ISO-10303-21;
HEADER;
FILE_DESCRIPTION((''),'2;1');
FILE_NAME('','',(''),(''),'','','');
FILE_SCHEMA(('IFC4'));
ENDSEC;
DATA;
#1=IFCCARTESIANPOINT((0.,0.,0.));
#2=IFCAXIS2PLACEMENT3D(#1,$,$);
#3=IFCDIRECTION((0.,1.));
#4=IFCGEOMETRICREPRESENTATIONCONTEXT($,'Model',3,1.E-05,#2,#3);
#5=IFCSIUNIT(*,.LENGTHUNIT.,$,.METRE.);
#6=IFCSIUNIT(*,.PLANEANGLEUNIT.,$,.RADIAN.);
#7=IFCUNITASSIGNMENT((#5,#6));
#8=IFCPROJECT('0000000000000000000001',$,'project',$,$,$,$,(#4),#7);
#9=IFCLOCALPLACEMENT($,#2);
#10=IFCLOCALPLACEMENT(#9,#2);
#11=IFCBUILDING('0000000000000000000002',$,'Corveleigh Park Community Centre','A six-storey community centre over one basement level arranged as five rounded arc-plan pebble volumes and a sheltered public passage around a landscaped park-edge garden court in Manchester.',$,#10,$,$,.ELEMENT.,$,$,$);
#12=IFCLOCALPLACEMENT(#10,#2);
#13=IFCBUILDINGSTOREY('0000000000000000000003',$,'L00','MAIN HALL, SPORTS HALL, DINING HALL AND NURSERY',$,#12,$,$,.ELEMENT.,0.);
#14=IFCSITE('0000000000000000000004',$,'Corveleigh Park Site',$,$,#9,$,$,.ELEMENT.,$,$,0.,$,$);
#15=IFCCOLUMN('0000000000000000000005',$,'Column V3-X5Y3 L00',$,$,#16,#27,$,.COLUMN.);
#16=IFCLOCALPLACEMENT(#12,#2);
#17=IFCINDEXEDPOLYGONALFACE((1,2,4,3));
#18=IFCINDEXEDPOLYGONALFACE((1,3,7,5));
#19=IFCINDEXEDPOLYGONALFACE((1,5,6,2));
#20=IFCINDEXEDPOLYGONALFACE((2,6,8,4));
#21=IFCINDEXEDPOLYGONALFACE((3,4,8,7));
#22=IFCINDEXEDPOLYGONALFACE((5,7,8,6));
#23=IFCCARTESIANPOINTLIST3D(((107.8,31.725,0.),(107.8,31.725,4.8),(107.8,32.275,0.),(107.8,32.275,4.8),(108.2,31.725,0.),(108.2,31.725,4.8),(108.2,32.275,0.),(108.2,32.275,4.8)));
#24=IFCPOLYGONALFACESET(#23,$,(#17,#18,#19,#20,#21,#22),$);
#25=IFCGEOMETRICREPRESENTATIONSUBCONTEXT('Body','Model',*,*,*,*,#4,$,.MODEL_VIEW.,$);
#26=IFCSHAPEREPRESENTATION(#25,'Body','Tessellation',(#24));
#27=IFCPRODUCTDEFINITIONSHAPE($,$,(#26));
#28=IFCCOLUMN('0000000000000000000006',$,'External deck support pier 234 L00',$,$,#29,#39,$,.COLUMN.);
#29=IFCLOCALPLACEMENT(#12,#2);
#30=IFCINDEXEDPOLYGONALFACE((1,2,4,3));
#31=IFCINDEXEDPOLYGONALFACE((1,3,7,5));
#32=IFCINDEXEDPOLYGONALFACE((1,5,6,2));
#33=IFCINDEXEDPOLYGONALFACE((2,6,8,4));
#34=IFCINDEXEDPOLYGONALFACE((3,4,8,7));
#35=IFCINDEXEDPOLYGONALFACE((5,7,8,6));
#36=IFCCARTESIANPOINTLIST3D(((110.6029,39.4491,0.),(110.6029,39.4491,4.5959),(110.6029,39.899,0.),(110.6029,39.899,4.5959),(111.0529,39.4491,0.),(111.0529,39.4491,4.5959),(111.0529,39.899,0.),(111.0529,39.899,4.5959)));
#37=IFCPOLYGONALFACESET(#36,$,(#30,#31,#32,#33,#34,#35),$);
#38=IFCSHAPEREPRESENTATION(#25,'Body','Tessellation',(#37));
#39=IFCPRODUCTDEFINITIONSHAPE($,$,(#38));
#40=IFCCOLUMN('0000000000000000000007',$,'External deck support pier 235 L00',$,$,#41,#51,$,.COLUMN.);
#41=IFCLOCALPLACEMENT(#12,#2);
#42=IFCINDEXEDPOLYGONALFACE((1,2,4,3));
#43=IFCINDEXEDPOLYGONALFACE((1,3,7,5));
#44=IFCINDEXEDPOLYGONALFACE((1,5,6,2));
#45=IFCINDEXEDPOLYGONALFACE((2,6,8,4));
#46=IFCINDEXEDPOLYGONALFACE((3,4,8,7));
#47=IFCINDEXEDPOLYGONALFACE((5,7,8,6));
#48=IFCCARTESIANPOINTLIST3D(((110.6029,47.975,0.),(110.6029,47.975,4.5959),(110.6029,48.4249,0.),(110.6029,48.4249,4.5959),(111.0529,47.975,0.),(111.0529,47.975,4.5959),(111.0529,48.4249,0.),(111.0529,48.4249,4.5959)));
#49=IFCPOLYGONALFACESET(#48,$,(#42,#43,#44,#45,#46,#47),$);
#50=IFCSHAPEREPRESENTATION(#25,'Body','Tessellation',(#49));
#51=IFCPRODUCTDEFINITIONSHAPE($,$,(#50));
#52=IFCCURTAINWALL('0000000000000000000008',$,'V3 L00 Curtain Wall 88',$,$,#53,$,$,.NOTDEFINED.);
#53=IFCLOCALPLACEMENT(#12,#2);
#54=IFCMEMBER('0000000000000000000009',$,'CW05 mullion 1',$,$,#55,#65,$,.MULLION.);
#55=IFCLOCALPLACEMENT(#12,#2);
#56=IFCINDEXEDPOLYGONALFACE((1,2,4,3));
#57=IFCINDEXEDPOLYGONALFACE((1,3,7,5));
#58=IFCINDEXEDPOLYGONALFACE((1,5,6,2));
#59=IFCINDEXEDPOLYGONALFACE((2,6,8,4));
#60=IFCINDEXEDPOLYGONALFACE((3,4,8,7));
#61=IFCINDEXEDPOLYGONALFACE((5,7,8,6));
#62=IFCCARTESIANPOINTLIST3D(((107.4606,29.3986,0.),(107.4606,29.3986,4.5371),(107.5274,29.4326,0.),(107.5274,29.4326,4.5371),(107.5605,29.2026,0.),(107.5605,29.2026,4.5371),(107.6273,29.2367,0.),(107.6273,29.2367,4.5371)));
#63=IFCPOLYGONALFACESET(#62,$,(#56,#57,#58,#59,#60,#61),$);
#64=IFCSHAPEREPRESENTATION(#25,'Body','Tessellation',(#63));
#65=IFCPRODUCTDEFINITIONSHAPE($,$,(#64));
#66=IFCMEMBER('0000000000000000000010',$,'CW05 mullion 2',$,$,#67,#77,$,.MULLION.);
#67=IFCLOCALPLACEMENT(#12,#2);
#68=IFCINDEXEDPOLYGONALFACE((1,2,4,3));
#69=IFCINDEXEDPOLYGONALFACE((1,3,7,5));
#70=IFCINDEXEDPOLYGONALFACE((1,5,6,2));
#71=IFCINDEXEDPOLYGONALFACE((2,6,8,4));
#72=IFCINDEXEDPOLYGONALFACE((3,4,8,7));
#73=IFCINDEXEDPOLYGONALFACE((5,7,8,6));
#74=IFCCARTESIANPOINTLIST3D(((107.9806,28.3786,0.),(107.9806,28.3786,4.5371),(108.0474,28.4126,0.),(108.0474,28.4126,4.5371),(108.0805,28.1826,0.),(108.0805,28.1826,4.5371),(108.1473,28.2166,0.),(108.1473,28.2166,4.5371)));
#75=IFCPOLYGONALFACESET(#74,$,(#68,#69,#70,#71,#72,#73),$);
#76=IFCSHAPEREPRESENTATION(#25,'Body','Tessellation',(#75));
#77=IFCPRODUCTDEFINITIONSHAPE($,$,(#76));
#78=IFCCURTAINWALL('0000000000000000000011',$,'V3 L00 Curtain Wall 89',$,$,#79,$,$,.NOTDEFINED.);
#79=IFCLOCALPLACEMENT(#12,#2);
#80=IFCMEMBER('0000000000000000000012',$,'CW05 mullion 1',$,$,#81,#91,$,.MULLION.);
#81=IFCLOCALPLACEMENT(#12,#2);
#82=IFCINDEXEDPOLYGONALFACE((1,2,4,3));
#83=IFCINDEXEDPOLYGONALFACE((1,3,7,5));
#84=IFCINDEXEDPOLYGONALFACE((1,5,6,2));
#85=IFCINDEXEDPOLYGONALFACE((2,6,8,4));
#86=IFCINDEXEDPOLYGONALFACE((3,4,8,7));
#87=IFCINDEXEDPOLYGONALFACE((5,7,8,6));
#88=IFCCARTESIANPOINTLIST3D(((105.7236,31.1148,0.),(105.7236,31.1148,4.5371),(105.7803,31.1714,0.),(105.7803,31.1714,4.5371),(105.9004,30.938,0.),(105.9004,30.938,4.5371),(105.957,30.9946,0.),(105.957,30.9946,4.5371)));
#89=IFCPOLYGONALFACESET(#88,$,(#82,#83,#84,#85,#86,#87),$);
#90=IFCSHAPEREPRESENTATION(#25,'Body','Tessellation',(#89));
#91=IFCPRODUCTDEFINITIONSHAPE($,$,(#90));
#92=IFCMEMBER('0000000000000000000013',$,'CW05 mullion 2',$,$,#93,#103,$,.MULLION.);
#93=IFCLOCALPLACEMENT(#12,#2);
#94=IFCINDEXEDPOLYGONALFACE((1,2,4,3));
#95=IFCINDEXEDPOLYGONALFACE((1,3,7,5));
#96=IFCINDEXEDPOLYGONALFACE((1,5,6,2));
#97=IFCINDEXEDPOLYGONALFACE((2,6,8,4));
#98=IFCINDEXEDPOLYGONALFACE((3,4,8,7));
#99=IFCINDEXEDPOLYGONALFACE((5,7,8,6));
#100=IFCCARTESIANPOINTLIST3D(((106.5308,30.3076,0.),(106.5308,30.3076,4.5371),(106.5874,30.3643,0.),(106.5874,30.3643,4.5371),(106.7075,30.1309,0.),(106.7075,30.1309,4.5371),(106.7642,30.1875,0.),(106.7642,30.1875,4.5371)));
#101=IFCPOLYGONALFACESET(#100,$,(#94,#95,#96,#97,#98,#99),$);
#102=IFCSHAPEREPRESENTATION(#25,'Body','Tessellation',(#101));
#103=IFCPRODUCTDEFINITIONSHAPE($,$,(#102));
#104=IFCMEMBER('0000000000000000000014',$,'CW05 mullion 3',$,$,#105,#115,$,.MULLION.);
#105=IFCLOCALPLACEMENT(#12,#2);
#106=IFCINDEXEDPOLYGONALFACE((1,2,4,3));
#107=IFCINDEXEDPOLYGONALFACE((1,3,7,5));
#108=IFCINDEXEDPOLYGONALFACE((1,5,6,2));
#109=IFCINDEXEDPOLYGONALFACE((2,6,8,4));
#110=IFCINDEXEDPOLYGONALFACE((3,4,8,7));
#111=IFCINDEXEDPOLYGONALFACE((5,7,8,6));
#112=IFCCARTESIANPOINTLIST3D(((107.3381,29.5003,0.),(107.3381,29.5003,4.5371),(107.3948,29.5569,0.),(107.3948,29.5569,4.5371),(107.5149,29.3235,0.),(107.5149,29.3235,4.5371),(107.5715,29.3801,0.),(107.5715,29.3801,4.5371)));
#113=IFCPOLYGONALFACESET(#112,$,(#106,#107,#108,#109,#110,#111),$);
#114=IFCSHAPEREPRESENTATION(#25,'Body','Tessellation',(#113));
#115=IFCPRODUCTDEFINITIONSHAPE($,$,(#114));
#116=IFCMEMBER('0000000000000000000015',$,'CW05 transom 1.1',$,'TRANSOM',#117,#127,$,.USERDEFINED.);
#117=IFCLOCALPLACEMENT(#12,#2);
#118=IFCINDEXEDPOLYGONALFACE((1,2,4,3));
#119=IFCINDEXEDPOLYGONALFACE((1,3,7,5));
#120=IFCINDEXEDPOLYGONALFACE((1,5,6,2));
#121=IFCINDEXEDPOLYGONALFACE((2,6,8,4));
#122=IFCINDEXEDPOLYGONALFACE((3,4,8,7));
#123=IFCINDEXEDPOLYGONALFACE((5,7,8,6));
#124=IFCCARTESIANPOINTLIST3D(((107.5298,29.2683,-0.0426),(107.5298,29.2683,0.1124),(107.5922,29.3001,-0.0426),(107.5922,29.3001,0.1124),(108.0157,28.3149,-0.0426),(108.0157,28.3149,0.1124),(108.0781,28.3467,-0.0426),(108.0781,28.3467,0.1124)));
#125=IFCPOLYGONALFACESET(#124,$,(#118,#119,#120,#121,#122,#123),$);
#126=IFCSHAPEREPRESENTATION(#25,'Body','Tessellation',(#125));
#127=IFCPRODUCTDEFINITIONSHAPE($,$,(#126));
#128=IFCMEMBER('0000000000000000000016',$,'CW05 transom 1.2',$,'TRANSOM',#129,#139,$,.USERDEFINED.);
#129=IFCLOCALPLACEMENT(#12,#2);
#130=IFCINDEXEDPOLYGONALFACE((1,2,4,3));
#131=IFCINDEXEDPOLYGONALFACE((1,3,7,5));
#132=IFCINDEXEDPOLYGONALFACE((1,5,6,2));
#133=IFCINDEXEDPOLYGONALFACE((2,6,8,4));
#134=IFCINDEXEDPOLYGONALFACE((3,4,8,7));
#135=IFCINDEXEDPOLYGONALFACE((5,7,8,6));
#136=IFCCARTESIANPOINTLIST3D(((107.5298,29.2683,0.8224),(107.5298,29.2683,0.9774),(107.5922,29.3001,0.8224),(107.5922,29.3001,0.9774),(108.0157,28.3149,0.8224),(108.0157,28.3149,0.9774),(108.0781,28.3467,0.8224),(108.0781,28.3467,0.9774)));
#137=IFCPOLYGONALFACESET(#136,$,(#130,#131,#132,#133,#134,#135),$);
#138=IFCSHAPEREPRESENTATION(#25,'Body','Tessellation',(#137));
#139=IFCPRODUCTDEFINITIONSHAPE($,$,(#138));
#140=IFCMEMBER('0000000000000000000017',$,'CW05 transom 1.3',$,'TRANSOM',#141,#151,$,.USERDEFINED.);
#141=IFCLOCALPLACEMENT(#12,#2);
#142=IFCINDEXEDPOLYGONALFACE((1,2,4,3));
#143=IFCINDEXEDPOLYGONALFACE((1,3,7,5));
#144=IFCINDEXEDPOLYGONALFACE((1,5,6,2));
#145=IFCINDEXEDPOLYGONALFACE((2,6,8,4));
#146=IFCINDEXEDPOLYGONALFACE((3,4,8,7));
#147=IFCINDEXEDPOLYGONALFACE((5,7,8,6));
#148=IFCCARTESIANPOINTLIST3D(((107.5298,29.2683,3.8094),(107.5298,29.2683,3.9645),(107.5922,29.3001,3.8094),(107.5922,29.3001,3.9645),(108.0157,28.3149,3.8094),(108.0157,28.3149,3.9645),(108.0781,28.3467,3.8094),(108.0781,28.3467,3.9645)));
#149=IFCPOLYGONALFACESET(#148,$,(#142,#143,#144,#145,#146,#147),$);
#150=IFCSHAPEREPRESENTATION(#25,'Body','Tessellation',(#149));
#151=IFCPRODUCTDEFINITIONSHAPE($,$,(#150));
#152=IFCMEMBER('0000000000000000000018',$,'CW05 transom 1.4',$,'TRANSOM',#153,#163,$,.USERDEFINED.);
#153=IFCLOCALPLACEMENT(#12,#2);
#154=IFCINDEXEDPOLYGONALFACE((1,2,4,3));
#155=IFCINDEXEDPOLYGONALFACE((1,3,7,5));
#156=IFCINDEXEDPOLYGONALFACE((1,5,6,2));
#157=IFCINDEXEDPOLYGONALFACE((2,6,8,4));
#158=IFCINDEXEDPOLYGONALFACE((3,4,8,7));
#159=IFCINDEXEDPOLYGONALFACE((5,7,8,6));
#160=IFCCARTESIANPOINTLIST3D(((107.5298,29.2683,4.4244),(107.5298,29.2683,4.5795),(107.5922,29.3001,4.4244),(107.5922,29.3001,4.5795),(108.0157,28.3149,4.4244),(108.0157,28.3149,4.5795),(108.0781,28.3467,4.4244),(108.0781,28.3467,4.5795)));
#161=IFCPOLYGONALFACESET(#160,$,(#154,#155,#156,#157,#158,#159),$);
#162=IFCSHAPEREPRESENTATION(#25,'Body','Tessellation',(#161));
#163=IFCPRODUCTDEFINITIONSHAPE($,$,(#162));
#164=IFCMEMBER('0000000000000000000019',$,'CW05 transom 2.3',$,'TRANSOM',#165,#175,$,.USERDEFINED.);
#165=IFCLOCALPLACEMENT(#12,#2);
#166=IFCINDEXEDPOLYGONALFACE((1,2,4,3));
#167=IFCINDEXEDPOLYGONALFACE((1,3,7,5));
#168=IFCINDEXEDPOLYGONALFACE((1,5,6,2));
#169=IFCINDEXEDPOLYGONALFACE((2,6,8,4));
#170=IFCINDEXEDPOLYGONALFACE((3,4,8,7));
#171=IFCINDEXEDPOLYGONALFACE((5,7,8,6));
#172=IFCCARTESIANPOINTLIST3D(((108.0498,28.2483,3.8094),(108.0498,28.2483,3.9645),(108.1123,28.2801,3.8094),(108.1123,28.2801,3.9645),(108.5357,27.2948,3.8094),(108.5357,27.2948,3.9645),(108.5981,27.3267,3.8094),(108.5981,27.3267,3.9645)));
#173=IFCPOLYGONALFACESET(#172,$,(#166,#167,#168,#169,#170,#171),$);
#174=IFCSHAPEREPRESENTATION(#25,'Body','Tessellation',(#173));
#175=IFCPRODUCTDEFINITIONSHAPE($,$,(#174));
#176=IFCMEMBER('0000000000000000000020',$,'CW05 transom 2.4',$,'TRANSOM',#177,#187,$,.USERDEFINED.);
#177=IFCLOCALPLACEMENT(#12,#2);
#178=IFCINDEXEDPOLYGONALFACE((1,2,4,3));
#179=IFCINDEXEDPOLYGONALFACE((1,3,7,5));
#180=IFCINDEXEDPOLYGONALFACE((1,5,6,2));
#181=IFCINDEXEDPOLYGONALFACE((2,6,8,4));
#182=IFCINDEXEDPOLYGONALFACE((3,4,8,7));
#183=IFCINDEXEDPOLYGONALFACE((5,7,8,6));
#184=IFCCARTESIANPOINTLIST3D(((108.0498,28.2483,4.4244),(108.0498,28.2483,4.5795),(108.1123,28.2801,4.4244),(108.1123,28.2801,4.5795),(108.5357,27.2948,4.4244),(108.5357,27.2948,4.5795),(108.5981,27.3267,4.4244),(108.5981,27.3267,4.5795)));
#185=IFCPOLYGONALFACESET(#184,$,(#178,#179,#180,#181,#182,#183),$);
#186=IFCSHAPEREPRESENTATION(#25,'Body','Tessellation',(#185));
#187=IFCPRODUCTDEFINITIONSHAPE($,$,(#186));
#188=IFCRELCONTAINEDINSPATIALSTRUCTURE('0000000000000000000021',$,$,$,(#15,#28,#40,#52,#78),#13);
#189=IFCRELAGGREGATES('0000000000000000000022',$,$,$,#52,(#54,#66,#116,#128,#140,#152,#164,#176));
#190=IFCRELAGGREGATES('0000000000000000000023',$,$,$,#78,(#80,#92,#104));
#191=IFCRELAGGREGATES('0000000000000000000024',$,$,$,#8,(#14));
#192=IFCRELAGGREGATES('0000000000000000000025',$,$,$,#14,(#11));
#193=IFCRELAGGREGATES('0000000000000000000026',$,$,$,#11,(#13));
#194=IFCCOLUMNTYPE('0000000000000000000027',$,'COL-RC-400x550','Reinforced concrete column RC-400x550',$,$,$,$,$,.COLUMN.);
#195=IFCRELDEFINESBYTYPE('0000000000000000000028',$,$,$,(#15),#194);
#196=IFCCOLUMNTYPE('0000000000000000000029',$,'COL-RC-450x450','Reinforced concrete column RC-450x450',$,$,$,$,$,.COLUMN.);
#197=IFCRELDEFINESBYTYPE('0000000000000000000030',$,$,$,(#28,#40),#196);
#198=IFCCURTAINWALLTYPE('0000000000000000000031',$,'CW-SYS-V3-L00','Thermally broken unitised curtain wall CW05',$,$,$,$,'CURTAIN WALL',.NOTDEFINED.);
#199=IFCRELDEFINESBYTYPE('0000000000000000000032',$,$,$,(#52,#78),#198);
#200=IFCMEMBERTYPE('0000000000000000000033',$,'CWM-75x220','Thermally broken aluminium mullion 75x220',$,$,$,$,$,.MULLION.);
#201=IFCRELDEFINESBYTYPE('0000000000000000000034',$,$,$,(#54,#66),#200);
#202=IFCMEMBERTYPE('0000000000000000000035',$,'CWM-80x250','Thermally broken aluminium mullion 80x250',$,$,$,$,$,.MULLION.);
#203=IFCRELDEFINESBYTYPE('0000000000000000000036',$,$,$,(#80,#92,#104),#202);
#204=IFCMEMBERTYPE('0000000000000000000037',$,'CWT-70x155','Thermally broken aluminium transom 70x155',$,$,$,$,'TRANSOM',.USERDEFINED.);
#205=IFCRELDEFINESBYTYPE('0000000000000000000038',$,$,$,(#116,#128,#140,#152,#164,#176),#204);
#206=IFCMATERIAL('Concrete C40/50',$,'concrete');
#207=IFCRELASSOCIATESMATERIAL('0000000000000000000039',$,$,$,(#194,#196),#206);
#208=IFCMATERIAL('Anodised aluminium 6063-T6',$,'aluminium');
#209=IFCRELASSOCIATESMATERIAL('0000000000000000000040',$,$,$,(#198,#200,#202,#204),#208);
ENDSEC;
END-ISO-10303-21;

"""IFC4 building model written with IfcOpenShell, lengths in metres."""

from ifc_helpers import new_model, si_unit, direction, frame, origin, origin_2d, place, context, subcontext, project, spatial, rectangle, extrude, material, material_profile, profile_set, type_object, element, aggregate, save


model = new_model("IFC4")

# Units and contexts
model_context = context("Model", 3, precision=1e-05, world=origin(), true_north=direction((0.0, 1.0)))
body_context = subcontext(model_context, "Body", "Model", "MODEL_VIEW")
ifc_project = project(units=[si_unit("LENGTHUNIT", "METRE"), si_unit("PLANEANGLEUNIT", "RADIAN")], contexts=[model_context])

# Site, building, storey
site_placement = place(None, origin())
site = spatial("IfcSite", under=ifc_project, at=site_placement, Name="Corveleigh Park Site", CompositionType="ELEMENT", RefElevation=0.0)
building_placement = place(site_placement, origin())
building = spatial("IfcBuilding", under=site, at=building_placement, Name="Corveleigh Park Community Centre", Description="A six-storey community centre over one basement level arranged as five rounded arc-plan pebble volumes and a sheltered public passage around a landscaped park-edge garden court in Manchester.", CompositionType="ELEMENT")
storey_placement = place(building_placement, origin())
storey = spatial("IfcBuildingStorey", under=building, at=storey_placement, Name="L00", Description="MAIN HALL, SPORTS HALL, DINING HALL AND NURSERY", CompositionType="ELEMENT", Elevation=0.0)

# Columns
ifc_material_1 = material(Name="Concrete C40/50", Category="concrete")
ifc_material_profile_1 = material_profile(ifc_material_1, rectangle(XDim=0.3999, YDim=0.55, at=origin_2d()), Name="RC-400x550", Category="concrete")
ifc_profile_set_1 = profile_set([ifc_material_profile_1], Name="Concrete C40/50")
column_type_1 = type_object("IfcColumnType", Name="COL-RC-400x550", Description="Reinforced concrete column RC-400x550", PredefinedType="COLUMN", material=ifc_profile_set_1)
column_placement = place(storey_placement, frame((108.0, 32.0, 0.0), z_axis=(0.0, 0.0, 1.0), x_axis=(1.0, 0.0, 0.0)))
element("IfcColumn", 1, at=column_placement, inside=storey, type_object=column_type_1, Name="Column V3-X5Y3 L00", PredefinedType="COLUMN", context=body_context, shape_type="SweptSolid", body=[
    extrude(rectangle(XDim=0.3999, YDim=0.55, at=origin_2d()), origin(), (0.0, 0.0, 1.0), 4.8),
])
ifc_material_profile_2 = material_profile(ifc_material_1, rectangle(XDim=0.45, YDim=0.45, at=origin_2d()), Name="RC-450x450", Category="concrete")
ifc_profile_set_2 = profile_set([ifc_material_profile_2], Name="Concrete C40/50")
column_type_2 = type_object("IfcColumnType", Name="COL-RC-450x450", Description="Reinforced concrete column RC-450x450", PredefinedType="COLUMN", material=ifc_profile_set_2)
for number, where, z_axis, x_axis, name in (
    (2, (110.8279, 39.6741, 0.0), (0.0, 0.0, 1.0), (1.0, 0.0, 0.0), "External deck support pier 234 L00"),
    (3, (110.8279, 48.2, 0.0), (0.0, 0.0, 1.0), (1.0, 0.0, 0.0), "External deck support pier 235 L00"),
):
    element("IfcColumn", number, at=place(storey_placement, frame(where, z_axis=z_axis, x_axis=x_axis)), inside=storey, type_object=column_type_2, Name=name, PredefinedType="COLUMN", context=body_context, shape_type="SweptSolid", body=[
        extrude(rectangle(XDim=0.45, YDim=0.45, at=origin_2d()), origin(), (0.0, 0.0, 1.0), 4.5959),
    ])

# Curtain walls, members
ifc_material_2 = material(Name="Anodised aluminium 6063-T6", Category="aluminium")
curtain_wall_type = type_object("IfcCurtainWallType", Name="CW-SYS-V3-L00", Description="Thermally broken unitised curtain wall CW05", ElementType="CURTAIN WALL", PredefinedType="NOTDEFINED", material=ifc_material_2)
curtain_wall_1_placement = place(storey_placement, origin())
curtain_wall_1 = element("IfcCurtainWall", 4, at=curtain_wall_1_placement, inside=storey, type_object=curtain_wall_type, Name="V3 L00 Curtain Wall 88", PredefinedType="NOTDEFINED")
ifc_material_profile_3 = material_profile(ifc_material_2, rectangle(XDim=0.075, YDim=0.22, at=origin_2d()), Name="ALU-M75x220", Category="aluminium")
ifc_profile_set_3 = profile_set([ifc_material_profile_3], Name="Anodised aluminium 6063-T6")
member_type_1 = type_object("IfcMemberType", Name="CWM-75x220", Description="Thermally broken aluminium mullion 75x220", PredefinedType="MULLION", material=ifc_profile_set_3)
member_1_placement = place(storey_placement, frame((107.5439, 29.3176, 0.0), z_axis=(0.0, 0.0, 1.0), x_axis=(0.890933, 0.454135, 0.0)))
member_1 = element("IfcMember", 5, at=member_1_placement, type_object=member_type_1, Name="CW05 mullion 1", PredefinedType="MULLION", context=body_context, shape_type="SweptSolid", body=[
    extrude(rectangle(XDim=0.075, YDim=0.22, at=origin_2d()), origin(), (0.0, 0.0, 1.0), 4.5371),
])
member_2_placement = place(storey_placement, frame((108.064, 28.2976, 0.0), z_axis=(0.0, 0.0, 1.0), x_axis=(0.890933, 0.454135, 0.0)))
member_2 = element("IfcMember", 6, at=member_2_placement, type_object=member_type_1, Name="CW05 mullion 2", PredefinedType="MULLION", context=body_context, shape_type="SweptSolid", body=[
    extrude(rectangle(XDim=0.075, YDim=0.22, at=origin_2d()), origin(), (0.0, 0.0, 1.0), 4.5371),
])
curtain_wall_2_placement = place(storey_placement, origin())
curtain_wall_2 = element("IfcCurtainWall", 7, at=curtain_wall_2_placement, inside=storey, type_object=curtain_wall_type, Name="V3 L00 Curtain Wall 89", PredefinedType="NOTDEFINED")
ifc_material_profile_4 = material_profile(ifc_material_2, rectangle(XDim=0.0801, YDim=0.25, at=origin_2d()), Name="ALU-M80x250", Category="aluminium")
ifc_profile_set_4 = profile_set([ifc_material_profile_4], Name="Anodised aluminium 6063-T6")
member_type_2 = type_object("IfcMemberType", Name="CWM-80x250", Description="Thermally broken aluminium mullion 80x250", PredefinedType="MULLION", material=ifc_profile_set_4)
member_3_placement = place(storey_placement, frame((105.8403, 31.0547, 0.0), z_axis=(0.0, 0.0, 1.0), x_axis=(0.707107, 0.707107, 0.0)))
member_3 = element("IfcMember", 8, at=member_3_placement, type_object=member_type_2, Name="CW05 mullion 1", PredefinedType="MULLION", context=body_context, shape_type="SweptSolid", body=[
    extrude(rectangle(XDim=0.0801, YDim=0.25, at=origin_2d()), origin(), (0.0, 0.0, 1.0), 4.5371),
])
member_4_placement = place(storey_placement, frame((106.6475, 30.2476, 0.0), z_axis=(0.0, 0.0, 1.0), x_axis=(0.707107, 0.707107, 0.0)))
member_4 = element("IfcMember", 9, at=member_4_placement, type_object=member_type_2, Name="CW05 mullion 2", PredefinedType="MULLION", context=body_context, shape_type="SweptSolid", body=[
    extrude(rectangle(XDim=0.0801, YDim=0.25, at=origin_2d()), origin(), (0.0, 0.0, 1.0), 4.5371),
])
member_5_placement = place(storey_placement, frame((107.4548, 29.4402, 0.0), z_axis=(0.0, 0.0, 1.0), x_axis=(0.707107, 0.707107, 0.0)))
member_5 = element("IfcMember", 10, at=member_5_placement, type_object=member_type_2, Name="CW05 mullion 3", PredefinedType="MULLION", context=body_context, shape_type="SweptSolid", body=[
    extrude(rectangle(XDim=0.0801, YDim=0.25, at=origin_2d()), origin(), (0.0, 0.0, 1.0), 4.5371),
])

# Members
ifc_material_profile_5 = material_profile(ifc_material_2, rectangle(XDim=0.0701, YDim=0.155, at=origin_2d()), Name="ALU-T70x155", Category="aluminium")
ifc_profile_set_5 = profile_set([ifc_material_profile_5], Name="Anodised aluminium 6063-T6")
member_type_3 = type_object("IfcMemberType", Name="CWT-70x155", Description="Thermally broken aluminium transom 70x155", ElementType="TRANSOM", PredefinedType="USERDEFINED", material=ifc_profile_set_5)
member_6_placement = place(storey_placement, frame((107.561, 29.2842, 0.0349), z_axis=(0.454045, -0.890979, 0.0), x_axis=(0.890979, 0.454045, 0.0)))
member_6 = element("IfcMember", 11, at=member_6_placement, type_object=member_type_3, Name="CW05 transom 1.1", ObjectType="TRANSOM", PredefinedType="USERDEFINED", context=body_context, shape_type="SweptSolid", body=[
    extrude(rectangle(XDim=0.0701, YDim=0.155, at=origin_2d()), origin(), (0.0, 0.0, 1.0), 1.0701),
])
member_7_placement = place(storey_placement, frame((107.561, 29.2842, 0.8999), z_axis=(0.454045, -0.890979, 0.0), x_axis=(0.890979, 0.454045, 0.0)))
member_7 = element("IfcMember", 12, at=member_7_placement, type_object=member_type_3, Name="CW05 transom 1.2", ObjectType="TRANSOM", PredefinedType="USERDEFINED", context=body_context, shape_type="SweptSolid", body=[
    extrude(rectangle(XDim=0.0701, YDim=0.155, at=origin_2d()), origin(), (0.0, 0.0, 1.0), 1.0701),
])
member_8_placement = place(storey_placement, frame((107.561, 29.2842, 3.887), z_axis=(0.454045, -0.890979, 0.0), x_axis=(0.890979, 0.454045, 0.0)))
member_8 = element("IfcMember", 13, at=member_8_placement, type_object=member_type_3, Name="CW05 transom 1.3", ObjectType="TRANSOM", PredefinedType="USERDEFINED", context=body_context, shape_type="SweptSolid", body=[
    extrude(rectangle(XDim=0.0701, YDim=0.155, at=origin_2d()), origin(), (0.0, 0.0, 1.0), 1.0701),
])
member_9_placement = place(storey_placement, frame((107.561, 29.2842, 4.502), z_axis=(0.454045, -0.890979, 0.0), x_axis=(0.890979, 0.454045, 0.0)))
member_9 = element("IfcMember", 14, at=member_9_placement, type_object=member_type_3, Name="CW05 transom 1.4", ObjectType="TRANSOM", PredefinedType="USERDEFINED", context=body_context, shape_type="SweptSolid", body=[
    extrude(rectangle(XDim=0.0701, YDim=0.155, at=origin_2d()), origin(), (0.0, 0.0, 1.0), 1.0701),
])
member_10_placement = place(storey_placement, frame((108.0811, 28.2642, 3.887), z_axis=(0.454045, -0.890979, 0.0), x_axis=(0.890979, 0.454045, 0.0)))
member_10 = element("IfcMember", 15, at=member_10_placement, type_object=member_type_3, Name="CW05 transom 2.3", ObjectType="TRANSOM", PredefinedType="USERDEFINED", context=body_context, shape_type="SweptSolid", body=[
    extrude(rectangle(XDim=0.0701, YDim=0.155, at=origin_2d()), origin(), (0.0, 0.0, 1.0), 1.0701),
])
member_11_placement = place(storey_placement, frame((108.0811, 28.2642, 4.502), z_axis=(0.454045, -0.890979, 0.0), x_axis=(0.890979, 0.454045, 0.0)))
member_11 = element("IfcMember", 16, at=member_11_placement, type_object=member_type_3, Name="CW05 transom 2.4", ObjectType="TRANSOM", PredefinedType="USERDEFINED", context=body_context, shape_type="SweptSolid", body=[
    extrude(rectangle(XDim=0.0701, YDim=0.155, at=origin_2d()), origin(), (0.0, 0.0, 1.0), 1.0701),
])

aggregate(curtain_wall_1, [member_1, member_2, member_6, member_7, member_8, member_9, member_10, member_11])
aggregate(curtain_wall_2, [member_3, member_4, member_5])

save(model, "model.ifc")
